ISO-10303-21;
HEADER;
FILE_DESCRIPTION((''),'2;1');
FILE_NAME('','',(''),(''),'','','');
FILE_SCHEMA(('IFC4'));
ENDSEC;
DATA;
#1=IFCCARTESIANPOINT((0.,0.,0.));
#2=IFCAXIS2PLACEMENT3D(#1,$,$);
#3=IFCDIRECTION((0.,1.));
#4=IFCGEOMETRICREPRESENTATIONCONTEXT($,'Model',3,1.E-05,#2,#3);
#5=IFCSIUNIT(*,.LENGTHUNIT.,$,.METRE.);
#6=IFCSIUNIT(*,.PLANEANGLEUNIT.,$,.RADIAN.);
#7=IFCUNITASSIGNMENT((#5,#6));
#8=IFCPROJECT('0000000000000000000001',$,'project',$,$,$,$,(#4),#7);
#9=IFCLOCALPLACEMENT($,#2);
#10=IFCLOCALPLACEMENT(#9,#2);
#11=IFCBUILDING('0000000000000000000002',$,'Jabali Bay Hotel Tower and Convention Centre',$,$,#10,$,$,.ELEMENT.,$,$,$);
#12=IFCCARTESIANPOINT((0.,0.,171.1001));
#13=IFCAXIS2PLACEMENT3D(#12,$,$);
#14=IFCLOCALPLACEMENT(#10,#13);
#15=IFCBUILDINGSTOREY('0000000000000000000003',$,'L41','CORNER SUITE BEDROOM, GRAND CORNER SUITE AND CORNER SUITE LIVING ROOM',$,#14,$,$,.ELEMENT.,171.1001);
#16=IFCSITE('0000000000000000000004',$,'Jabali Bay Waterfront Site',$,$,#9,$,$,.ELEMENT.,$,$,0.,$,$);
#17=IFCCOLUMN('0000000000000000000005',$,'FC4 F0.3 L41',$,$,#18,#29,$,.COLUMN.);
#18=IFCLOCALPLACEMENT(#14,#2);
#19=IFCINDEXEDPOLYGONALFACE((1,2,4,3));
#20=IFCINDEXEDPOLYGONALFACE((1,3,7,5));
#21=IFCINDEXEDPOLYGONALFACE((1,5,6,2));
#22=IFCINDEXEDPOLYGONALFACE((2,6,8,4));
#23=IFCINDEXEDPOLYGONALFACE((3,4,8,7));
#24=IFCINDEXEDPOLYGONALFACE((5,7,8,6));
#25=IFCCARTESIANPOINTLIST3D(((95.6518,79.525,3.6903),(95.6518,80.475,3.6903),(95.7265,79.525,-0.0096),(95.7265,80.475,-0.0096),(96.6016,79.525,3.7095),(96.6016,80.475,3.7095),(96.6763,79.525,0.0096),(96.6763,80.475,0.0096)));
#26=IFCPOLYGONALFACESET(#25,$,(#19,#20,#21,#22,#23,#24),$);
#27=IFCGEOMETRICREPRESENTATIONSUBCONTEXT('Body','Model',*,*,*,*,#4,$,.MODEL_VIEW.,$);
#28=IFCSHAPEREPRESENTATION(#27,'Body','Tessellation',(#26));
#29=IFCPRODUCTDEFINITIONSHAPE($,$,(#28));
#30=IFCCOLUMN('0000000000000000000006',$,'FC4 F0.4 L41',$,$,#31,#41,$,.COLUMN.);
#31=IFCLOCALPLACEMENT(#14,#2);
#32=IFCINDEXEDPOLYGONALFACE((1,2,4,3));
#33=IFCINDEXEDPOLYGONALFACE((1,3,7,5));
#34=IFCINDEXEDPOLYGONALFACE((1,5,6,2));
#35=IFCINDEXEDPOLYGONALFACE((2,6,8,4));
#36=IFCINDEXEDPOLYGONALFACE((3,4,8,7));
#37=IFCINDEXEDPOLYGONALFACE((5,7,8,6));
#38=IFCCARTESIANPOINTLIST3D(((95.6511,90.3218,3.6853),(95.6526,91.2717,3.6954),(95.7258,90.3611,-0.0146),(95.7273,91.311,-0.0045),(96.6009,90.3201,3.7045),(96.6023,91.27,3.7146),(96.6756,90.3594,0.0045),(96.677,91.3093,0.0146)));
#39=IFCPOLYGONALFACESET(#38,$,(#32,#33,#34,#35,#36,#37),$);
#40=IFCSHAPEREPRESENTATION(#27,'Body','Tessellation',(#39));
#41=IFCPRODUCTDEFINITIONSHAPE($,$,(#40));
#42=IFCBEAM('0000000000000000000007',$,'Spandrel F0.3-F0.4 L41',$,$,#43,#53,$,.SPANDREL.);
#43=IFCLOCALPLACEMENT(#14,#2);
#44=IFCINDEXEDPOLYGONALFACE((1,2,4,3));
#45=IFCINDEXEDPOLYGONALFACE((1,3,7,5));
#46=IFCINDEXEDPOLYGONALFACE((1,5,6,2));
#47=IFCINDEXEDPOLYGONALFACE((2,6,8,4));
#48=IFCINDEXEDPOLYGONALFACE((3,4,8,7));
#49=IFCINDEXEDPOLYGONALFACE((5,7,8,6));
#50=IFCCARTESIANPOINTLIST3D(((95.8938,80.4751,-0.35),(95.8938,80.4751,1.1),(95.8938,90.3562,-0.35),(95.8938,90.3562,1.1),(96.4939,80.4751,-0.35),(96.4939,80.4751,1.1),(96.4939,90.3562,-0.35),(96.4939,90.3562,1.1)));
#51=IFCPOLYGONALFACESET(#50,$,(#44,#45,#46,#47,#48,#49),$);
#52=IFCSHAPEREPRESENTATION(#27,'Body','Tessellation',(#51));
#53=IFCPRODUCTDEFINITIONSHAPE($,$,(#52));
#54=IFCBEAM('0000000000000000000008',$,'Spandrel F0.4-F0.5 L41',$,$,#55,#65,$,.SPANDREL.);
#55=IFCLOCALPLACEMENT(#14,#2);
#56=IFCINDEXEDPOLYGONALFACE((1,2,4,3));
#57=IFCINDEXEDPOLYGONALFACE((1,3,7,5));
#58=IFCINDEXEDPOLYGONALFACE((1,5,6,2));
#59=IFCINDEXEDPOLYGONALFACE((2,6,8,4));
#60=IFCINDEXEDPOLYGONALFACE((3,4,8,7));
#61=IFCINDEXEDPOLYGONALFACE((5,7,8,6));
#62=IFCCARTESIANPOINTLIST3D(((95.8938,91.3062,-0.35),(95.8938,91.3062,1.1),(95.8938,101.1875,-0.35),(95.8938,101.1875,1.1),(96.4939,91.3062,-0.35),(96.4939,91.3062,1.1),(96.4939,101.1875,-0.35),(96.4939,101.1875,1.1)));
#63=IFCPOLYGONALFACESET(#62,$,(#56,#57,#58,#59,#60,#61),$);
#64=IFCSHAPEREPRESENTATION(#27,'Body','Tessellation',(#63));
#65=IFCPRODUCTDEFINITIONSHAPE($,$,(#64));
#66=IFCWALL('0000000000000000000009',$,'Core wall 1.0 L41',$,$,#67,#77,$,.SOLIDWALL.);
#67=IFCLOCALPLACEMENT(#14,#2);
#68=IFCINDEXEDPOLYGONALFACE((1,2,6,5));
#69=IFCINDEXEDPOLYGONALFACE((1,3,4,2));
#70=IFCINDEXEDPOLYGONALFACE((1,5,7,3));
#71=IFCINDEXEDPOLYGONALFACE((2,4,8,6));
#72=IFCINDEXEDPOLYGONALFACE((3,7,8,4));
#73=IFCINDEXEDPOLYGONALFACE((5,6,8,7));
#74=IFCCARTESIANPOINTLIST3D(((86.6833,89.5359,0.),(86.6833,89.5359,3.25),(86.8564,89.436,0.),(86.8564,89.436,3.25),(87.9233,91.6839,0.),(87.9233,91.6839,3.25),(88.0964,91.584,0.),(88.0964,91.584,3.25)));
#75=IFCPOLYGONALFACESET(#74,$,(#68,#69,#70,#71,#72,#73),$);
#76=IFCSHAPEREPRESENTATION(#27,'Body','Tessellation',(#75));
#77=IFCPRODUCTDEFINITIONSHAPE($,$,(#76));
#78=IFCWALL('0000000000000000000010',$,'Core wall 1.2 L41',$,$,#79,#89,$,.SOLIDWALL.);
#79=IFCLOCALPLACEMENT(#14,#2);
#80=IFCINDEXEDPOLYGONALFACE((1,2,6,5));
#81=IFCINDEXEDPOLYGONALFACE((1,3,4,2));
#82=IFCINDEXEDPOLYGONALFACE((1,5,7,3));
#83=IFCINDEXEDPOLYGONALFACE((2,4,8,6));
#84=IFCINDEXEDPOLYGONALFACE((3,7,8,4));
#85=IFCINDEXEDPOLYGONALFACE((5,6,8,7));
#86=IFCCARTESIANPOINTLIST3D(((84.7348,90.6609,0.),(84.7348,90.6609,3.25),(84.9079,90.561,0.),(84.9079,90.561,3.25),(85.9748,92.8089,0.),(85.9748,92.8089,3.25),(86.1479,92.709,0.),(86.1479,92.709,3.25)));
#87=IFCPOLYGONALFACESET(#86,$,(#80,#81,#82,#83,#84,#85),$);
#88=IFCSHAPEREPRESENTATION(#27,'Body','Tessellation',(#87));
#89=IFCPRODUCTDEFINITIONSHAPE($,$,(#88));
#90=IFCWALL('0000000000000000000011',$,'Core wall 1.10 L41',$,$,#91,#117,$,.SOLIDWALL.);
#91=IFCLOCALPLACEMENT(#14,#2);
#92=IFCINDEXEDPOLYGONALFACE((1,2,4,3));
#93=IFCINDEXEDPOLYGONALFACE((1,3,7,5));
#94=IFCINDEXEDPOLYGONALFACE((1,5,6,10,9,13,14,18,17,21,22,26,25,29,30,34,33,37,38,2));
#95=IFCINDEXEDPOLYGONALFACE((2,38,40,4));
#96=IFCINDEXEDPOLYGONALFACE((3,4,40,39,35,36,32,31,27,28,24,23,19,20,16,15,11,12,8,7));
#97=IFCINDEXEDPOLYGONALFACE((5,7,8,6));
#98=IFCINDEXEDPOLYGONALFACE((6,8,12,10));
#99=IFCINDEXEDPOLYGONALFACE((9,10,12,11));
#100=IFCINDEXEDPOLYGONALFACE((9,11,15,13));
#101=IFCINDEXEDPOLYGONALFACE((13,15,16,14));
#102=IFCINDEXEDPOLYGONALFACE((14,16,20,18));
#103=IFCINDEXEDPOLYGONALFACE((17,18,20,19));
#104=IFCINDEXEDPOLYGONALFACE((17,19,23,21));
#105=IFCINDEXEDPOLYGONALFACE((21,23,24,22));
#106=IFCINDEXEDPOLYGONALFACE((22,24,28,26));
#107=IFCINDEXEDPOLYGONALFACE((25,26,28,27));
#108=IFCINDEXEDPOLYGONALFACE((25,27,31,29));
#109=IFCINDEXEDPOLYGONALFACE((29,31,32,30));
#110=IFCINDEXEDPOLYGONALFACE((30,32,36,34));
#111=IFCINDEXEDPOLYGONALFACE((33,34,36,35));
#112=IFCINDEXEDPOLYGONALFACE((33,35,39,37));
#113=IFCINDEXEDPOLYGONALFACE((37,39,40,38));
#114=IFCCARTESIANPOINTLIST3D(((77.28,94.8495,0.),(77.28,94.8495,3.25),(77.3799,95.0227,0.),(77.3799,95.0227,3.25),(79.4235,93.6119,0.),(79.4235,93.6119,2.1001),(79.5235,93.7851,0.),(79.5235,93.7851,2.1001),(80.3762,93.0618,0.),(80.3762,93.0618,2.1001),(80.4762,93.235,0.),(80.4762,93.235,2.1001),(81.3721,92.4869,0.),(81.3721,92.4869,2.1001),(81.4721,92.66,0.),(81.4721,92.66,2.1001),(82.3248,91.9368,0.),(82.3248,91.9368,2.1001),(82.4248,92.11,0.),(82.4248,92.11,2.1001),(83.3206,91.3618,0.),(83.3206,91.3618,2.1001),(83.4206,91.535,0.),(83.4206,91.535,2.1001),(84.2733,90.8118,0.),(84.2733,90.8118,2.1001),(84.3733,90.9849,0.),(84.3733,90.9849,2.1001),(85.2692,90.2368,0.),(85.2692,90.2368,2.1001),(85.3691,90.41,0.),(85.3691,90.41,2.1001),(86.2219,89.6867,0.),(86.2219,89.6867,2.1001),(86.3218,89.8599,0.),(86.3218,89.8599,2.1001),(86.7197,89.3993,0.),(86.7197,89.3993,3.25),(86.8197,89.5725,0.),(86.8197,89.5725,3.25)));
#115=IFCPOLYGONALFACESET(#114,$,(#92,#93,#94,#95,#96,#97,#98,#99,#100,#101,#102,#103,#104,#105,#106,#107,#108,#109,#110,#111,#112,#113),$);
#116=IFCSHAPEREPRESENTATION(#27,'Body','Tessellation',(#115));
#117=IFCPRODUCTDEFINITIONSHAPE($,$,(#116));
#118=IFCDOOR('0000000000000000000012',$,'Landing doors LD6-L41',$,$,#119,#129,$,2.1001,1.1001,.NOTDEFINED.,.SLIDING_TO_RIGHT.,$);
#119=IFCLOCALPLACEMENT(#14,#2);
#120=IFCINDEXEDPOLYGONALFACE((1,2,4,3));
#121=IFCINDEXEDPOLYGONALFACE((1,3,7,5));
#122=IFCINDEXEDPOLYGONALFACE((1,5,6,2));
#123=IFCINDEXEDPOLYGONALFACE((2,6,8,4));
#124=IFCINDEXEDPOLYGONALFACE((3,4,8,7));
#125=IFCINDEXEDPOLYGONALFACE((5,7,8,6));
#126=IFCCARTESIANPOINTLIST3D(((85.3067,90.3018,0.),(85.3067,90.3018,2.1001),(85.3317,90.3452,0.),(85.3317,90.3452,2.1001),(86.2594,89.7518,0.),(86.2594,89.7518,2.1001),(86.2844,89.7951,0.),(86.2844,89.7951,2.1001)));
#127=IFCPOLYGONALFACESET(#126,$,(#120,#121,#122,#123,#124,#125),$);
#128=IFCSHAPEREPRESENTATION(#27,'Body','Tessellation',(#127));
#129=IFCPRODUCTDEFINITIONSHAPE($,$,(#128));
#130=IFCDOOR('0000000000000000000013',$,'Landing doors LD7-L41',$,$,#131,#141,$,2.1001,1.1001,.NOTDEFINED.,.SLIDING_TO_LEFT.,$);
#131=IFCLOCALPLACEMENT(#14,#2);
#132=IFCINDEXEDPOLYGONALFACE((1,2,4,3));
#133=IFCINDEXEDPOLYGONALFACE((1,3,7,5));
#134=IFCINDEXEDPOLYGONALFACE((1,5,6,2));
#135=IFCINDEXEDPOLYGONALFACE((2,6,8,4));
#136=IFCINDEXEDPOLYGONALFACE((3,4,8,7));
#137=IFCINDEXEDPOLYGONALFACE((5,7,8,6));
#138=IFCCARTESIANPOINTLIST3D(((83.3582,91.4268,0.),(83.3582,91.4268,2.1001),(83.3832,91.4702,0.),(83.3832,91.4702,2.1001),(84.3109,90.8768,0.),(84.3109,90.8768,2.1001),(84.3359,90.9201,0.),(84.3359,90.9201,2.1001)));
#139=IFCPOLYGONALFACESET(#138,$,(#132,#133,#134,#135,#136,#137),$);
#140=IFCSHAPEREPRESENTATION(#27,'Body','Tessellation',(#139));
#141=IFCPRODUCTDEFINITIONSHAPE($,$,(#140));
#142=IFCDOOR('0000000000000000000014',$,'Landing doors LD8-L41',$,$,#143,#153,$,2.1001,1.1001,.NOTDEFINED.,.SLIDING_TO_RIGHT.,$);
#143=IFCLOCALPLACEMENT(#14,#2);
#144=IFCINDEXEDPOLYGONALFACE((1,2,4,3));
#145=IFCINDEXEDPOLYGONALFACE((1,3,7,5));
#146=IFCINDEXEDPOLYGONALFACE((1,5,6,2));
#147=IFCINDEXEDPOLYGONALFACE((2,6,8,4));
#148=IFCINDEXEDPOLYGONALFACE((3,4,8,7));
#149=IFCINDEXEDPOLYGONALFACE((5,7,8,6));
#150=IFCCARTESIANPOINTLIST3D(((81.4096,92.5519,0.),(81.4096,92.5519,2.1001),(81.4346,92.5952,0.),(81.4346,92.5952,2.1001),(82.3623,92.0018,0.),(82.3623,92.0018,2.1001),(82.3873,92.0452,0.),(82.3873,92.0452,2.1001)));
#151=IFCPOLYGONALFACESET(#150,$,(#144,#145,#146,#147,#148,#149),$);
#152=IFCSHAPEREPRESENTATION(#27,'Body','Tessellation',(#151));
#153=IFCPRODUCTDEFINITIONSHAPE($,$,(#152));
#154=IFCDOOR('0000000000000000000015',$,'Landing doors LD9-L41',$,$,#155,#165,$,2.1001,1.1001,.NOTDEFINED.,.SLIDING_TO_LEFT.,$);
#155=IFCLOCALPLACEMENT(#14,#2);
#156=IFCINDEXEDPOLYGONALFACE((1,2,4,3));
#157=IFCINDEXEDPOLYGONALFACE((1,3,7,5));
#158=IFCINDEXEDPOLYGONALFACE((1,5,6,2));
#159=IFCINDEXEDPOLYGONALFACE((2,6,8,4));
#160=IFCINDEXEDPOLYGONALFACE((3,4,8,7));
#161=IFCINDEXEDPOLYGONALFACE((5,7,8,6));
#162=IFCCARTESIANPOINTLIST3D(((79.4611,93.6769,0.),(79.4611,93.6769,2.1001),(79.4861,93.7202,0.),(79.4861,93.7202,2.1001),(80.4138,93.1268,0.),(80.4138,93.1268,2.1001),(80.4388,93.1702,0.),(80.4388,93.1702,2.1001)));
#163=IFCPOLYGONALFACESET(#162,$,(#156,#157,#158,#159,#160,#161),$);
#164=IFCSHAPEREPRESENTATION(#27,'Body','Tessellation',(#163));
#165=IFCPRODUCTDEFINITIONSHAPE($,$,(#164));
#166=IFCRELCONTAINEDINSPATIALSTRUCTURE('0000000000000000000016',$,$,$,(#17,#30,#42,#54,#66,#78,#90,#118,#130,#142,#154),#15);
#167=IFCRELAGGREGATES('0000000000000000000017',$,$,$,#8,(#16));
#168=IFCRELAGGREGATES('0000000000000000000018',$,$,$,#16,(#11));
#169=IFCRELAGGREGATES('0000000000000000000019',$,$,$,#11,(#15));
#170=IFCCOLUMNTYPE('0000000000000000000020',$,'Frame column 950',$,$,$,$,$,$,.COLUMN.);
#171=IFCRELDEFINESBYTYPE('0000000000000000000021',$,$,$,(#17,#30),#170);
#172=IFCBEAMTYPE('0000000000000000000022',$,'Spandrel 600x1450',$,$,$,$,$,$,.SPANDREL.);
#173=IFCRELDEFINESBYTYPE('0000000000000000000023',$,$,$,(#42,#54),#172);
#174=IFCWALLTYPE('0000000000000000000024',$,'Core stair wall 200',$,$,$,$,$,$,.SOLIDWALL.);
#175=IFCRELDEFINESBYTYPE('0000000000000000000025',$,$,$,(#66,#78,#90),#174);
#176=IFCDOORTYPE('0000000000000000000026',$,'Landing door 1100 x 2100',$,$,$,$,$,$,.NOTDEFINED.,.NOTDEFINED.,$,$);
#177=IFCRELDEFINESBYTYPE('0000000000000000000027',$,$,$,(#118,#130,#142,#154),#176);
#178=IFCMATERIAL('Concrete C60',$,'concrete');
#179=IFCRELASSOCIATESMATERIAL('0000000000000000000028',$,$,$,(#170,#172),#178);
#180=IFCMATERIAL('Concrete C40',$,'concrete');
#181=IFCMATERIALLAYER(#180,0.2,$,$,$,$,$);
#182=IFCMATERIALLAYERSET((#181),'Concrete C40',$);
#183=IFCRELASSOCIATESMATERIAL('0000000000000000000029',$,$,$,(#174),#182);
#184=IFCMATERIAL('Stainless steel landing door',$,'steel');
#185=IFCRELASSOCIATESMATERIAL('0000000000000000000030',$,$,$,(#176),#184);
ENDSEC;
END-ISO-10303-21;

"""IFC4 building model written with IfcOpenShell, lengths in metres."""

from ifc_helpers import new_model, si_unit, direction, frame, frame_2d, origin, origin_2d, place, context, subcontext, project, spatial, rectangle, extrude, material, layer, layer_set, material_profile, profile_set, type_object, element, fill, save


model = new_model("IFC4")

# Units and contexts
model_context = context("Model", 3, precision=1e-05, world=origin(), true_north=direction((0.0, 1.0)))
body_context = subcontext(model_context, "Body", "Model", "MODEL_VIEW")
ifc_project = project(units=[si_unit("LENGTHUNIT", "METRE"), si_unit("PLANEANGLEUNIT", "RADIAN")], contexts=[model_context])

# Site, building, storey
site_placement = place(None, origin())
site = spatial("IfcSite", under=ifc_project, at=site_placement, Name="Jabali Bay Waterfront Site", CompositionType="ELEMENT", RefElevation=0.0)
building_placement = place(site_placement, origin())
building = spatial("IfcBuilding", under=site, at=building_placement, Name="Jabali Bay Hotel Tower and Convention Centre", CompositionType="ELEMENT")
storey_placement = place(building_placement, frame((0.0, 0.0, 171.1001)))
storey = spatial("IfcBuildingStorey", under=building, at=storey_placement, Name="L41", Description="CORNER SUITE BEDROOM, GRAND CORNER SUITE AND CORNER SUITE LIVING ROOM", CompositionType="ELEMENT", Elevation=171.1001)

# Columns
ifc_material_1 = material(Name="Concrete C60", Category="concrete")
ifc_material_profile_1 = material_profile(ifc_material_1, rectangle(XDim=0.95, YDim=0.95, at=origin_2d()), Name="Frame column 950")
ifc_profile_set_1 = profile_set([ifc_material_profile_1], Name="Concrete C60")
column_type = type_object("IfcColumnType", Name="Frame column 950", PredefinedType="COLUMN", material=ifc_profile_set_1)
column_1_placement = place(storey_placement, frame((96.2014, 80.0, 0.0), z_axis=(-0.020187, 0.0, 0.999796), x_axis=(0.0, -1.0, 0.0)))
element("IfcColumn", 1, at=column_1_placement, inside=storey, type_object=column_type, Name="FC4 F0.3 L41", PredefinedType="COLUMN", context=body_context, shape_type="SweptSolid", body=[
    extrude(rectangle(XDim=0.95, YDim=0.95, at=origin_2d()), origin(), (0.0, 0.0, 1.0), 3.7007),
])
column_2_placement = place(storey_placement, frame((96.2014, 90.8352, 0.0), z_axis=(-0.020186, -0.010621, 0.99974), x_axis=(0.999795, -0.001747, 0.020169)))
element("IfcColumn", 2, at=column_2_placement, inside=storey, type_object=column_type, Name="FC4 F0.4 L41", PredefinedType="COLUMN", context=body_context, shape_type="SweptSolid", body=[
    extrude(rectangle(XDim=0.95, YDim=0.95, at=origin_2d()), origin(), (0.0, 0.0, 1.0), 3.7009),
])

# Beams
ifc_material_profile_2 = material_profile(ifc_material_1, rectangle(XDim=0.6001, YDim=1.45, at=origin_2d()), Name="Spandrel 600x1450")
ifc_profile_set_2 = profile_set([ifc_material_profile_2], Name="Concrete C60")
beam_type = type_object("IfcBeamType", Name="Spandrel 600x1450", PredefinedType="SPANDREL", material=ifc_profile_set_2)
beam_1_placement = place(storey_placement, frame((96.1938, 80.4751, 0.375), z_axis=(0.0, 1.0, 0.0), x_axis=(-1.0, 0.0, 0.0)))
element("IfcBeam", 3, at=beam_1_placement, inside=storey, type_object=beam_type, Name="Spandrel F0.3-F0.4 L41", PredefinedType="SPANDREL", context=body_context, shape_type="SweptSolid", body=[
    extrude(rectangle(XDim=0.6001, YDim=1.45, at=origin_2d()), origin(), (0.0, 0.0, 1.0), 9.8811),
])
beam_2_placement = place(storey_placement, frame((96.1938, 91.3062, 0.375), z_axis=(0.0, 1.0, 0.0), x_axis=(-1.0, 0.0, 0.0)))
element("IfcBeam", 4, at=beam_2_placement, inside=storey, type_object=beam_type, Name="Spandrel F0.4-F0.5 L41", PredefinedType="SPANDREL", context=body_context, shape_type="SweptSolid", body=[
    extrude(rectangle(XDim=0.6001, YDim=1.45, at=origin_2d()), origin(), (0.0, 0.0, 1.0), 9.8813),
])

# Walls
ifc_material_2 = material(Name="Concrete C40", Category="concrete")
ifc_layer_1 = layer(ifc_material_2, 0.2)
ifc_layer_set_1 = layer_set([ifc_layer_1], Name="Concrete C40")
wall_type_1 = type_object("IfcWallType", Name="Core stair wall 200", PredefinedType="SOLIDWALL", material=ifc_layer_set_1)
for number, where, z_axis, x_axis, name in (
    (5, (86.7698, 89.4858, 0.0), (0.0, 0.0, 1.0), (0.499961, 0.866048, 0.0), "Core wall 1.0 L41"),
    (6, (84.8213, 90.6108, 0.0), (0.0, 0.0, 1.0), (0.499961, 0.866048, 0.0), "Core wall 1.2 L41"),
):
    element("IfcWall", number, at=place(storey_placement, frame(where, z_axis=z_axis, x_axis=x_axis)), inside=storey, type_object=wall_type_1, Name=name, PredefinedType="SOLIDWALL", context=body_context, shape_type="SweptSolid", body=[
        extrude(rectangle(XDim=2.4802, YDim=0.2, at=frame_2d((1.2402, 0.0))), origin(), (0.0, 0.0, 1.0), 3.25),
    ])

# Wall, openings, doors
wall_1_placement = place(storey_placement, frame((86.7698, 89.4858, 0.0), z_axis=(0.0, 0.0, 1.0), x_axis=(-0.866018, 0.500013, 0.0)))
wall_1 = element("IfcWall", 7, at=wall_1_placement, inside=storey, type_object=wall_type_1, Name="Core wall 1.10 L41", PredefinedType="SOLIDWALL", context=body_context, shape_type="SweptSolid", body=[
    extrude(rectangle(XDim=10.9001, YDim=0.2, at=frame_2d((5.4502, 0.0))), origin(), (0.0, 0.0, 1.0), 3.25),
])
opening_1_placement = place(wall_1_placement, frame((0.575, 0.0, 0.0)))
opening_1 = element("IfcOpeningElement", 8, at=opening_1_placement, cuts=wall_1, PredefinedType="OPENING", context=body_context, shape_type="SweptSolid", body=[
    extrude(rectangle(XDim=1.1001, YDim=2.1001, at=frame_2d((0.55, 1.05))), frame((0.0, 0.1104, 0.0), z_axis=(0.0, -1.0, 0.0), x_axis=(1.0, 0.0, 0.0)), (0.0, 0.0, 1.0), 0.2209),
])
opening_2_placement = place(wall_1_placement, frame((2.825, 0.0, 0.0)))
opening_2 = element("IfcOpeningElement", 9, at=opening_2_placement, cuts=wall_1, PredefinedType="OPENING", context=body_context, shape_type="SweptSolid", body=[
    extrude(rectangle(XDim=1.1001, YDim=2.1001, at=frame_2d((0.55, 1.05))), frame((0.0, 0.1104, 0.0), z_axis=(0.0, -1.0, 0.0), x_axis=(1.0, 0.0, 0.0)), (0.0, 0.0, 1.0), 0.2209),
])
opening_3_placement = place(wall_1_placement, frame((5.075, 0.0, 0.0)))
opening_3 = element("IfcOpeningElement", 10, at=opening_3_placement, cuts=wall_1, PredefinedType="OPENING", context=body_context, shape_type="SweptSolid", body=[
    extrude(rectangle(XDim=1.1001, YDim=2.1001, at=frame_2d((0.55, 1.05))), frame((0.0, 0.1104, 0.0), z_axis=(0.0, -1.0, 0.0), x_axis=(1.0, 0.0, 0.0)), (0.0, 0.0, 1.0), 0.2209),
])
opening_4_placement = place(wall_1_placement, frame((7.325, 0.0, 0.0)))
opening_4 = element("IfcOpeningElement", 11, at=opening_4_placement, cuts=wall_1, PredefinedType="OPENING", context=body_context, shape_type="SweptSolid", body=[
    extrude(rectangle(XDim=1.1001, YDim=2.1001, at=frame_2d((0.55, 1.05))), frame((0.0, 0.1104, 0.0), z_axis=(0.0, -1.0, 0.0), x_axis=(1.0, 0.0, 0.0)), (0.0, 0.0, 1.0), 0.2209),
])
ifc_material_3 = material(Name="Stainless steel landing door", Category="steel")
door_type_1 = type_object("IfcDoorType", Name="Landing door 1100 x 2100", OperationType="NOTDEFINED", PredefinedType="NOTDEFINED", material=ifc_material_3)
door_1_placement = place(opening_1_placement, origin())
door_1 = element("IfcDoor", 12, at=door_1_placement, inside=storey, type_object=door_type_1, Name="Landing doors LD6-L41", OperationType="SLIDING_TO_RIGHT", OverallHeight=2.1001, OverallWidth=1.1001, PredefinedType="NOTDEFINED", context=body_context, shape_type="SweptSolid", body=[
    extrude(rectangle(XDim=1.1001, YDim=2.1001, at=frame_2d((0.55, 1.05))), frame((0.0, 0.0249, 0.0), z_axis=(0.0, -1.0, 0.0), x_axis=(1.0, 0.0, 0.0)), (0.0, 0.0, 1.0), 0.05),
])
fill(opening_1, door_1)
door_2_placement = place(opening_2_placement, origin())
door_2 = element("IfcDoor", 13, at=door_2_placement, inside=storey, type_object=door_type_1, Name="Landing doors LD7-L41", OperationType="SLIDING_TO_LEFT", OverallHeight=2.1001, OverallWidth=1.1001, PredefinedType="NOTDEFINED", context=body_context, shape_type="SweptSolid", body=[
    extrude(rectangle(XDim=1.1001, YDim=2.1001, at=frame_2d((0.55, 1.05))), frame((0.0, 0.0249, 0.0), z_axis=(0.0, -1.0, 0.0), x_axis=(1.0, 0.0, 0.0)), (0.0, 0.0, 1.0), 0.05),
])
fill(opening_2, door_2)
door_3_placement = place(opening_3_placement, origin())
door_3 = element("IfcDoor", 14, at=door_3_placement, inside=storey, type_object=door_type_1, Name="Landing doors LD8-L41", OperationType="SLIDING_TO_RIGHT", OverallHeight=2.1001, OverallWidth=1.1001, PredefinedType="NOTDEFINED", context=body_context, shape_type="SweptSolid", body=[
    extrude(rectangle(XDim=1.1001, YDim=2.1001, at=frame_2d((0.55, 1.05))), frame((0.0, 0.0249, 0.0), z_axis=(0.0, -1.0, 0.0), x_axis=(1.0, 0.0, 0.0)), (0.0, 0.0, 1.0), 0.05),
])
fill(opening_3, door_3)
door_4_placement = place(opening_4_placement, origin())
door_4 = element("IfcDoor", 15, at=door_4_placement, inside=storey, type_object=door_type_1, Name="Landing doors LD9-L41", OperationType="SLIDING_TO_LEFT", OverallHeight=2.1001, OverallWidth=1.1001, PredefinedType="NOTDEFINED", context=body_context, shape_type="SweptSolid", body=[
    extrude(rectangle(XDim=1.1001, YDim=2.1001, at=frame_2d((0.55, 1.05))), frame((0.0, 0.0249, 0.0), z_axis=(0.0, -1.0, 0.0), x_axis=(1.0, 0.0, 0.0)), (0.0, 0.0, 1.0), 0.05),
])
fill(opening_4, door_4)

save(model, "model.ifc")
